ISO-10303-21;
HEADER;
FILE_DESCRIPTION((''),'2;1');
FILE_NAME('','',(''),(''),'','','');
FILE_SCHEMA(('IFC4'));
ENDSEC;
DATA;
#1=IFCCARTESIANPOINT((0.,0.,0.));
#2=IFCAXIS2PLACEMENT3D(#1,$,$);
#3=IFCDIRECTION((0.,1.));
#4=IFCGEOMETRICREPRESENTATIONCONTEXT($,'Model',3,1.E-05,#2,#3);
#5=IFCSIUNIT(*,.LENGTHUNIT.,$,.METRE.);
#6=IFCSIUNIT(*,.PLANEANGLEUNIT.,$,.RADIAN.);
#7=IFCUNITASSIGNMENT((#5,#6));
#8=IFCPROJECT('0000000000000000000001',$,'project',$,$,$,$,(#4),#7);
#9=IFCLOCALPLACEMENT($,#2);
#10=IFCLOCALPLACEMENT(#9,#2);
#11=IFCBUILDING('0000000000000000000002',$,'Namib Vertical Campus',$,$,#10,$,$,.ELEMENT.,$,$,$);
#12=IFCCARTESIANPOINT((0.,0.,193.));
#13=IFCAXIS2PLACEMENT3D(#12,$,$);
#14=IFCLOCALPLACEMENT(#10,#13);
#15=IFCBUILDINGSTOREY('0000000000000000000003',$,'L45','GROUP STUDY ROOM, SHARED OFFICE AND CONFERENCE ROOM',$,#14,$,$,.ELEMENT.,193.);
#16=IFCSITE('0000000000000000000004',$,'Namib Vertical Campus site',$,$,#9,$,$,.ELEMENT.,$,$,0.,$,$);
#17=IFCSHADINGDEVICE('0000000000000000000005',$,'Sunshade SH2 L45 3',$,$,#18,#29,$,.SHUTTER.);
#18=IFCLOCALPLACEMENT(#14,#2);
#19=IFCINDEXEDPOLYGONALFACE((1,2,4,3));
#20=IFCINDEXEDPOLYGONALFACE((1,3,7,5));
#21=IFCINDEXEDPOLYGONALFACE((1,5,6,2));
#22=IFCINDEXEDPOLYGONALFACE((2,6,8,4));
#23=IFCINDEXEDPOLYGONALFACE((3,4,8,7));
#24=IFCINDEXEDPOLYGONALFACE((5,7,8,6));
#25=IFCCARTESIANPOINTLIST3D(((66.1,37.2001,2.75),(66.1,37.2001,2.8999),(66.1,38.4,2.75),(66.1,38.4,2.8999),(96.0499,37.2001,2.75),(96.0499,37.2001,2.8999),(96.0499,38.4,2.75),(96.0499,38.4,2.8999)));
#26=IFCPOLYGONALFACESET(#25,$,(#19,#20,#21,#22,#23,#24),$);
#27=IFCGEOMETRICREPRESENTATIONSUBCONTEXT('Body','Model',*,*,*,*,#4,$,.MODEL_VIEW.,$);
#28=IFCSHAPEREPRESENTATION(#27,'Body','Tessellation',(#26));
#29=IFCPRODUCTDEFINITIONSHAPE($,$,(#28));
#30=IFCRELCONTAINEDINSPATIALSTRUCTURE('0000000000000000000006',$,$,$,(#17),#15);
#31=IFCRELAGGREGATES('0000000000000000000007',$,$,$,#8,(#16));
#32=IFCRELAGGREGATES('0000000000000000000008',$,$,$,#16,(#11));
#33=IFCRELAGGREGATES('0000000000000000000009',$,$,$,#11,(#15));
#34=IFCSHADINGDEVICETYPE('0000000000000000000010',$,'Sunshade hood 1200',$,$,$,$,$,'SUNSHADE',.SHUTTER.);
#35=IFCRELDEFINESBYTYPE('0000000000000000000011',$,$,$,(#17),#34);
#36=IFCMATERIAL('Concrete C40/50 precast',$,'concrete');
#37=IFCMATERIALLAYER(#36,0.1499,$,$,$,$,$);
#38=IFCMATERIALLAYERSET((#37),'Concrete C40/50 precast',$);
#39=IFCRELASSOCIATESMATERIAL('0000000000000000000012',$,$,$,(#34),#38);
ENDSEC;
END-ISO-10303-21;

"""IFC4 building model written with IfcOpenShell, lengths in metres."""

from ifc_helpers import new_model, si_unit, direction, frame, origin, origin_2d, place, context, subcontext, project, spatial, rectangle, extrude, material, layer, layer_set, type_object, element, save


model = new_model("IFC4")

# Units and contexts
model_context = context("Model", 3, precision=1e-05, world=origin(), true_north=direction((0.0, 1.0)))
body_context = subcontext(model_context, "Body", "Model", "MODEL_VIEW")
ifc_project = project(units=[si_unit("LENGTHUNIT", "METRE"), si_unit("PLANEANGLEUNIT", "RADIAN")], contexts=[model_context])

# Site, building, storey
site_placement = place(None, origin())
site = spatial("IfcSite", under=ifc_project, at=site_placement, Name="Namib Vertical Campus site", CompositionType="ELEMENT", RefElevation=0.0)
building_placement = place(site_placement, origin())
building = spatial("IfcBuilding", under=site, at=building_placement, Name="Namib Vertical Campus", CompositionType="ELEMENT")
storey_placement = place(building_placement, frame((0.0, 0.0, 193.0)))
storey = spatial("IfcBuildingStorey", under=building, at=storey_placement, Name="L45", Description="GROUP STUDY ROOM, SHARED OFFICE AND CONFERENCE ROOM", CompositionType="ELEMENT", Elevation=193.0)

# Shading device
ifc_material_1 = material(Name="Concrete C40/50 precast", Category="concrete")
ifc_layer_1 = layer(ifc_material_1, 0.1499)
ifc_layer_set_1 = layer_set([ifc_layer_1], Name="Concrete C40/50 precast")
shading_device_type = type_object("IfcShadingDeviceType", Name="Sunshade hood 1200", ElementType="SUNSHADE", PredefinedType="SHUTTER", material=ifc_layer_set_1)
shading_device_placement = place(storey_placement, frame((81.075, 37.8, 2.75), z_axis=(0.0, 0.0, 1.0), x_axis=(-1.0, 0.0, 0.0)))
element("IfcShadingDevice", 1, at=shading_device_placement, inside=storey, type_object=shading_device_type, Name="Sunshade SH2 L45 3", PredefinedType="SHUTTER", context=body_context, shape_type="SweptSolid", body=[
    extrude(rectangle(XDim=29.95, YDim=1.2, at=origin_2d()), origin(), (0.0, 0.0, 1.0), 0.1499),
])

save(model, "model.ifc")
